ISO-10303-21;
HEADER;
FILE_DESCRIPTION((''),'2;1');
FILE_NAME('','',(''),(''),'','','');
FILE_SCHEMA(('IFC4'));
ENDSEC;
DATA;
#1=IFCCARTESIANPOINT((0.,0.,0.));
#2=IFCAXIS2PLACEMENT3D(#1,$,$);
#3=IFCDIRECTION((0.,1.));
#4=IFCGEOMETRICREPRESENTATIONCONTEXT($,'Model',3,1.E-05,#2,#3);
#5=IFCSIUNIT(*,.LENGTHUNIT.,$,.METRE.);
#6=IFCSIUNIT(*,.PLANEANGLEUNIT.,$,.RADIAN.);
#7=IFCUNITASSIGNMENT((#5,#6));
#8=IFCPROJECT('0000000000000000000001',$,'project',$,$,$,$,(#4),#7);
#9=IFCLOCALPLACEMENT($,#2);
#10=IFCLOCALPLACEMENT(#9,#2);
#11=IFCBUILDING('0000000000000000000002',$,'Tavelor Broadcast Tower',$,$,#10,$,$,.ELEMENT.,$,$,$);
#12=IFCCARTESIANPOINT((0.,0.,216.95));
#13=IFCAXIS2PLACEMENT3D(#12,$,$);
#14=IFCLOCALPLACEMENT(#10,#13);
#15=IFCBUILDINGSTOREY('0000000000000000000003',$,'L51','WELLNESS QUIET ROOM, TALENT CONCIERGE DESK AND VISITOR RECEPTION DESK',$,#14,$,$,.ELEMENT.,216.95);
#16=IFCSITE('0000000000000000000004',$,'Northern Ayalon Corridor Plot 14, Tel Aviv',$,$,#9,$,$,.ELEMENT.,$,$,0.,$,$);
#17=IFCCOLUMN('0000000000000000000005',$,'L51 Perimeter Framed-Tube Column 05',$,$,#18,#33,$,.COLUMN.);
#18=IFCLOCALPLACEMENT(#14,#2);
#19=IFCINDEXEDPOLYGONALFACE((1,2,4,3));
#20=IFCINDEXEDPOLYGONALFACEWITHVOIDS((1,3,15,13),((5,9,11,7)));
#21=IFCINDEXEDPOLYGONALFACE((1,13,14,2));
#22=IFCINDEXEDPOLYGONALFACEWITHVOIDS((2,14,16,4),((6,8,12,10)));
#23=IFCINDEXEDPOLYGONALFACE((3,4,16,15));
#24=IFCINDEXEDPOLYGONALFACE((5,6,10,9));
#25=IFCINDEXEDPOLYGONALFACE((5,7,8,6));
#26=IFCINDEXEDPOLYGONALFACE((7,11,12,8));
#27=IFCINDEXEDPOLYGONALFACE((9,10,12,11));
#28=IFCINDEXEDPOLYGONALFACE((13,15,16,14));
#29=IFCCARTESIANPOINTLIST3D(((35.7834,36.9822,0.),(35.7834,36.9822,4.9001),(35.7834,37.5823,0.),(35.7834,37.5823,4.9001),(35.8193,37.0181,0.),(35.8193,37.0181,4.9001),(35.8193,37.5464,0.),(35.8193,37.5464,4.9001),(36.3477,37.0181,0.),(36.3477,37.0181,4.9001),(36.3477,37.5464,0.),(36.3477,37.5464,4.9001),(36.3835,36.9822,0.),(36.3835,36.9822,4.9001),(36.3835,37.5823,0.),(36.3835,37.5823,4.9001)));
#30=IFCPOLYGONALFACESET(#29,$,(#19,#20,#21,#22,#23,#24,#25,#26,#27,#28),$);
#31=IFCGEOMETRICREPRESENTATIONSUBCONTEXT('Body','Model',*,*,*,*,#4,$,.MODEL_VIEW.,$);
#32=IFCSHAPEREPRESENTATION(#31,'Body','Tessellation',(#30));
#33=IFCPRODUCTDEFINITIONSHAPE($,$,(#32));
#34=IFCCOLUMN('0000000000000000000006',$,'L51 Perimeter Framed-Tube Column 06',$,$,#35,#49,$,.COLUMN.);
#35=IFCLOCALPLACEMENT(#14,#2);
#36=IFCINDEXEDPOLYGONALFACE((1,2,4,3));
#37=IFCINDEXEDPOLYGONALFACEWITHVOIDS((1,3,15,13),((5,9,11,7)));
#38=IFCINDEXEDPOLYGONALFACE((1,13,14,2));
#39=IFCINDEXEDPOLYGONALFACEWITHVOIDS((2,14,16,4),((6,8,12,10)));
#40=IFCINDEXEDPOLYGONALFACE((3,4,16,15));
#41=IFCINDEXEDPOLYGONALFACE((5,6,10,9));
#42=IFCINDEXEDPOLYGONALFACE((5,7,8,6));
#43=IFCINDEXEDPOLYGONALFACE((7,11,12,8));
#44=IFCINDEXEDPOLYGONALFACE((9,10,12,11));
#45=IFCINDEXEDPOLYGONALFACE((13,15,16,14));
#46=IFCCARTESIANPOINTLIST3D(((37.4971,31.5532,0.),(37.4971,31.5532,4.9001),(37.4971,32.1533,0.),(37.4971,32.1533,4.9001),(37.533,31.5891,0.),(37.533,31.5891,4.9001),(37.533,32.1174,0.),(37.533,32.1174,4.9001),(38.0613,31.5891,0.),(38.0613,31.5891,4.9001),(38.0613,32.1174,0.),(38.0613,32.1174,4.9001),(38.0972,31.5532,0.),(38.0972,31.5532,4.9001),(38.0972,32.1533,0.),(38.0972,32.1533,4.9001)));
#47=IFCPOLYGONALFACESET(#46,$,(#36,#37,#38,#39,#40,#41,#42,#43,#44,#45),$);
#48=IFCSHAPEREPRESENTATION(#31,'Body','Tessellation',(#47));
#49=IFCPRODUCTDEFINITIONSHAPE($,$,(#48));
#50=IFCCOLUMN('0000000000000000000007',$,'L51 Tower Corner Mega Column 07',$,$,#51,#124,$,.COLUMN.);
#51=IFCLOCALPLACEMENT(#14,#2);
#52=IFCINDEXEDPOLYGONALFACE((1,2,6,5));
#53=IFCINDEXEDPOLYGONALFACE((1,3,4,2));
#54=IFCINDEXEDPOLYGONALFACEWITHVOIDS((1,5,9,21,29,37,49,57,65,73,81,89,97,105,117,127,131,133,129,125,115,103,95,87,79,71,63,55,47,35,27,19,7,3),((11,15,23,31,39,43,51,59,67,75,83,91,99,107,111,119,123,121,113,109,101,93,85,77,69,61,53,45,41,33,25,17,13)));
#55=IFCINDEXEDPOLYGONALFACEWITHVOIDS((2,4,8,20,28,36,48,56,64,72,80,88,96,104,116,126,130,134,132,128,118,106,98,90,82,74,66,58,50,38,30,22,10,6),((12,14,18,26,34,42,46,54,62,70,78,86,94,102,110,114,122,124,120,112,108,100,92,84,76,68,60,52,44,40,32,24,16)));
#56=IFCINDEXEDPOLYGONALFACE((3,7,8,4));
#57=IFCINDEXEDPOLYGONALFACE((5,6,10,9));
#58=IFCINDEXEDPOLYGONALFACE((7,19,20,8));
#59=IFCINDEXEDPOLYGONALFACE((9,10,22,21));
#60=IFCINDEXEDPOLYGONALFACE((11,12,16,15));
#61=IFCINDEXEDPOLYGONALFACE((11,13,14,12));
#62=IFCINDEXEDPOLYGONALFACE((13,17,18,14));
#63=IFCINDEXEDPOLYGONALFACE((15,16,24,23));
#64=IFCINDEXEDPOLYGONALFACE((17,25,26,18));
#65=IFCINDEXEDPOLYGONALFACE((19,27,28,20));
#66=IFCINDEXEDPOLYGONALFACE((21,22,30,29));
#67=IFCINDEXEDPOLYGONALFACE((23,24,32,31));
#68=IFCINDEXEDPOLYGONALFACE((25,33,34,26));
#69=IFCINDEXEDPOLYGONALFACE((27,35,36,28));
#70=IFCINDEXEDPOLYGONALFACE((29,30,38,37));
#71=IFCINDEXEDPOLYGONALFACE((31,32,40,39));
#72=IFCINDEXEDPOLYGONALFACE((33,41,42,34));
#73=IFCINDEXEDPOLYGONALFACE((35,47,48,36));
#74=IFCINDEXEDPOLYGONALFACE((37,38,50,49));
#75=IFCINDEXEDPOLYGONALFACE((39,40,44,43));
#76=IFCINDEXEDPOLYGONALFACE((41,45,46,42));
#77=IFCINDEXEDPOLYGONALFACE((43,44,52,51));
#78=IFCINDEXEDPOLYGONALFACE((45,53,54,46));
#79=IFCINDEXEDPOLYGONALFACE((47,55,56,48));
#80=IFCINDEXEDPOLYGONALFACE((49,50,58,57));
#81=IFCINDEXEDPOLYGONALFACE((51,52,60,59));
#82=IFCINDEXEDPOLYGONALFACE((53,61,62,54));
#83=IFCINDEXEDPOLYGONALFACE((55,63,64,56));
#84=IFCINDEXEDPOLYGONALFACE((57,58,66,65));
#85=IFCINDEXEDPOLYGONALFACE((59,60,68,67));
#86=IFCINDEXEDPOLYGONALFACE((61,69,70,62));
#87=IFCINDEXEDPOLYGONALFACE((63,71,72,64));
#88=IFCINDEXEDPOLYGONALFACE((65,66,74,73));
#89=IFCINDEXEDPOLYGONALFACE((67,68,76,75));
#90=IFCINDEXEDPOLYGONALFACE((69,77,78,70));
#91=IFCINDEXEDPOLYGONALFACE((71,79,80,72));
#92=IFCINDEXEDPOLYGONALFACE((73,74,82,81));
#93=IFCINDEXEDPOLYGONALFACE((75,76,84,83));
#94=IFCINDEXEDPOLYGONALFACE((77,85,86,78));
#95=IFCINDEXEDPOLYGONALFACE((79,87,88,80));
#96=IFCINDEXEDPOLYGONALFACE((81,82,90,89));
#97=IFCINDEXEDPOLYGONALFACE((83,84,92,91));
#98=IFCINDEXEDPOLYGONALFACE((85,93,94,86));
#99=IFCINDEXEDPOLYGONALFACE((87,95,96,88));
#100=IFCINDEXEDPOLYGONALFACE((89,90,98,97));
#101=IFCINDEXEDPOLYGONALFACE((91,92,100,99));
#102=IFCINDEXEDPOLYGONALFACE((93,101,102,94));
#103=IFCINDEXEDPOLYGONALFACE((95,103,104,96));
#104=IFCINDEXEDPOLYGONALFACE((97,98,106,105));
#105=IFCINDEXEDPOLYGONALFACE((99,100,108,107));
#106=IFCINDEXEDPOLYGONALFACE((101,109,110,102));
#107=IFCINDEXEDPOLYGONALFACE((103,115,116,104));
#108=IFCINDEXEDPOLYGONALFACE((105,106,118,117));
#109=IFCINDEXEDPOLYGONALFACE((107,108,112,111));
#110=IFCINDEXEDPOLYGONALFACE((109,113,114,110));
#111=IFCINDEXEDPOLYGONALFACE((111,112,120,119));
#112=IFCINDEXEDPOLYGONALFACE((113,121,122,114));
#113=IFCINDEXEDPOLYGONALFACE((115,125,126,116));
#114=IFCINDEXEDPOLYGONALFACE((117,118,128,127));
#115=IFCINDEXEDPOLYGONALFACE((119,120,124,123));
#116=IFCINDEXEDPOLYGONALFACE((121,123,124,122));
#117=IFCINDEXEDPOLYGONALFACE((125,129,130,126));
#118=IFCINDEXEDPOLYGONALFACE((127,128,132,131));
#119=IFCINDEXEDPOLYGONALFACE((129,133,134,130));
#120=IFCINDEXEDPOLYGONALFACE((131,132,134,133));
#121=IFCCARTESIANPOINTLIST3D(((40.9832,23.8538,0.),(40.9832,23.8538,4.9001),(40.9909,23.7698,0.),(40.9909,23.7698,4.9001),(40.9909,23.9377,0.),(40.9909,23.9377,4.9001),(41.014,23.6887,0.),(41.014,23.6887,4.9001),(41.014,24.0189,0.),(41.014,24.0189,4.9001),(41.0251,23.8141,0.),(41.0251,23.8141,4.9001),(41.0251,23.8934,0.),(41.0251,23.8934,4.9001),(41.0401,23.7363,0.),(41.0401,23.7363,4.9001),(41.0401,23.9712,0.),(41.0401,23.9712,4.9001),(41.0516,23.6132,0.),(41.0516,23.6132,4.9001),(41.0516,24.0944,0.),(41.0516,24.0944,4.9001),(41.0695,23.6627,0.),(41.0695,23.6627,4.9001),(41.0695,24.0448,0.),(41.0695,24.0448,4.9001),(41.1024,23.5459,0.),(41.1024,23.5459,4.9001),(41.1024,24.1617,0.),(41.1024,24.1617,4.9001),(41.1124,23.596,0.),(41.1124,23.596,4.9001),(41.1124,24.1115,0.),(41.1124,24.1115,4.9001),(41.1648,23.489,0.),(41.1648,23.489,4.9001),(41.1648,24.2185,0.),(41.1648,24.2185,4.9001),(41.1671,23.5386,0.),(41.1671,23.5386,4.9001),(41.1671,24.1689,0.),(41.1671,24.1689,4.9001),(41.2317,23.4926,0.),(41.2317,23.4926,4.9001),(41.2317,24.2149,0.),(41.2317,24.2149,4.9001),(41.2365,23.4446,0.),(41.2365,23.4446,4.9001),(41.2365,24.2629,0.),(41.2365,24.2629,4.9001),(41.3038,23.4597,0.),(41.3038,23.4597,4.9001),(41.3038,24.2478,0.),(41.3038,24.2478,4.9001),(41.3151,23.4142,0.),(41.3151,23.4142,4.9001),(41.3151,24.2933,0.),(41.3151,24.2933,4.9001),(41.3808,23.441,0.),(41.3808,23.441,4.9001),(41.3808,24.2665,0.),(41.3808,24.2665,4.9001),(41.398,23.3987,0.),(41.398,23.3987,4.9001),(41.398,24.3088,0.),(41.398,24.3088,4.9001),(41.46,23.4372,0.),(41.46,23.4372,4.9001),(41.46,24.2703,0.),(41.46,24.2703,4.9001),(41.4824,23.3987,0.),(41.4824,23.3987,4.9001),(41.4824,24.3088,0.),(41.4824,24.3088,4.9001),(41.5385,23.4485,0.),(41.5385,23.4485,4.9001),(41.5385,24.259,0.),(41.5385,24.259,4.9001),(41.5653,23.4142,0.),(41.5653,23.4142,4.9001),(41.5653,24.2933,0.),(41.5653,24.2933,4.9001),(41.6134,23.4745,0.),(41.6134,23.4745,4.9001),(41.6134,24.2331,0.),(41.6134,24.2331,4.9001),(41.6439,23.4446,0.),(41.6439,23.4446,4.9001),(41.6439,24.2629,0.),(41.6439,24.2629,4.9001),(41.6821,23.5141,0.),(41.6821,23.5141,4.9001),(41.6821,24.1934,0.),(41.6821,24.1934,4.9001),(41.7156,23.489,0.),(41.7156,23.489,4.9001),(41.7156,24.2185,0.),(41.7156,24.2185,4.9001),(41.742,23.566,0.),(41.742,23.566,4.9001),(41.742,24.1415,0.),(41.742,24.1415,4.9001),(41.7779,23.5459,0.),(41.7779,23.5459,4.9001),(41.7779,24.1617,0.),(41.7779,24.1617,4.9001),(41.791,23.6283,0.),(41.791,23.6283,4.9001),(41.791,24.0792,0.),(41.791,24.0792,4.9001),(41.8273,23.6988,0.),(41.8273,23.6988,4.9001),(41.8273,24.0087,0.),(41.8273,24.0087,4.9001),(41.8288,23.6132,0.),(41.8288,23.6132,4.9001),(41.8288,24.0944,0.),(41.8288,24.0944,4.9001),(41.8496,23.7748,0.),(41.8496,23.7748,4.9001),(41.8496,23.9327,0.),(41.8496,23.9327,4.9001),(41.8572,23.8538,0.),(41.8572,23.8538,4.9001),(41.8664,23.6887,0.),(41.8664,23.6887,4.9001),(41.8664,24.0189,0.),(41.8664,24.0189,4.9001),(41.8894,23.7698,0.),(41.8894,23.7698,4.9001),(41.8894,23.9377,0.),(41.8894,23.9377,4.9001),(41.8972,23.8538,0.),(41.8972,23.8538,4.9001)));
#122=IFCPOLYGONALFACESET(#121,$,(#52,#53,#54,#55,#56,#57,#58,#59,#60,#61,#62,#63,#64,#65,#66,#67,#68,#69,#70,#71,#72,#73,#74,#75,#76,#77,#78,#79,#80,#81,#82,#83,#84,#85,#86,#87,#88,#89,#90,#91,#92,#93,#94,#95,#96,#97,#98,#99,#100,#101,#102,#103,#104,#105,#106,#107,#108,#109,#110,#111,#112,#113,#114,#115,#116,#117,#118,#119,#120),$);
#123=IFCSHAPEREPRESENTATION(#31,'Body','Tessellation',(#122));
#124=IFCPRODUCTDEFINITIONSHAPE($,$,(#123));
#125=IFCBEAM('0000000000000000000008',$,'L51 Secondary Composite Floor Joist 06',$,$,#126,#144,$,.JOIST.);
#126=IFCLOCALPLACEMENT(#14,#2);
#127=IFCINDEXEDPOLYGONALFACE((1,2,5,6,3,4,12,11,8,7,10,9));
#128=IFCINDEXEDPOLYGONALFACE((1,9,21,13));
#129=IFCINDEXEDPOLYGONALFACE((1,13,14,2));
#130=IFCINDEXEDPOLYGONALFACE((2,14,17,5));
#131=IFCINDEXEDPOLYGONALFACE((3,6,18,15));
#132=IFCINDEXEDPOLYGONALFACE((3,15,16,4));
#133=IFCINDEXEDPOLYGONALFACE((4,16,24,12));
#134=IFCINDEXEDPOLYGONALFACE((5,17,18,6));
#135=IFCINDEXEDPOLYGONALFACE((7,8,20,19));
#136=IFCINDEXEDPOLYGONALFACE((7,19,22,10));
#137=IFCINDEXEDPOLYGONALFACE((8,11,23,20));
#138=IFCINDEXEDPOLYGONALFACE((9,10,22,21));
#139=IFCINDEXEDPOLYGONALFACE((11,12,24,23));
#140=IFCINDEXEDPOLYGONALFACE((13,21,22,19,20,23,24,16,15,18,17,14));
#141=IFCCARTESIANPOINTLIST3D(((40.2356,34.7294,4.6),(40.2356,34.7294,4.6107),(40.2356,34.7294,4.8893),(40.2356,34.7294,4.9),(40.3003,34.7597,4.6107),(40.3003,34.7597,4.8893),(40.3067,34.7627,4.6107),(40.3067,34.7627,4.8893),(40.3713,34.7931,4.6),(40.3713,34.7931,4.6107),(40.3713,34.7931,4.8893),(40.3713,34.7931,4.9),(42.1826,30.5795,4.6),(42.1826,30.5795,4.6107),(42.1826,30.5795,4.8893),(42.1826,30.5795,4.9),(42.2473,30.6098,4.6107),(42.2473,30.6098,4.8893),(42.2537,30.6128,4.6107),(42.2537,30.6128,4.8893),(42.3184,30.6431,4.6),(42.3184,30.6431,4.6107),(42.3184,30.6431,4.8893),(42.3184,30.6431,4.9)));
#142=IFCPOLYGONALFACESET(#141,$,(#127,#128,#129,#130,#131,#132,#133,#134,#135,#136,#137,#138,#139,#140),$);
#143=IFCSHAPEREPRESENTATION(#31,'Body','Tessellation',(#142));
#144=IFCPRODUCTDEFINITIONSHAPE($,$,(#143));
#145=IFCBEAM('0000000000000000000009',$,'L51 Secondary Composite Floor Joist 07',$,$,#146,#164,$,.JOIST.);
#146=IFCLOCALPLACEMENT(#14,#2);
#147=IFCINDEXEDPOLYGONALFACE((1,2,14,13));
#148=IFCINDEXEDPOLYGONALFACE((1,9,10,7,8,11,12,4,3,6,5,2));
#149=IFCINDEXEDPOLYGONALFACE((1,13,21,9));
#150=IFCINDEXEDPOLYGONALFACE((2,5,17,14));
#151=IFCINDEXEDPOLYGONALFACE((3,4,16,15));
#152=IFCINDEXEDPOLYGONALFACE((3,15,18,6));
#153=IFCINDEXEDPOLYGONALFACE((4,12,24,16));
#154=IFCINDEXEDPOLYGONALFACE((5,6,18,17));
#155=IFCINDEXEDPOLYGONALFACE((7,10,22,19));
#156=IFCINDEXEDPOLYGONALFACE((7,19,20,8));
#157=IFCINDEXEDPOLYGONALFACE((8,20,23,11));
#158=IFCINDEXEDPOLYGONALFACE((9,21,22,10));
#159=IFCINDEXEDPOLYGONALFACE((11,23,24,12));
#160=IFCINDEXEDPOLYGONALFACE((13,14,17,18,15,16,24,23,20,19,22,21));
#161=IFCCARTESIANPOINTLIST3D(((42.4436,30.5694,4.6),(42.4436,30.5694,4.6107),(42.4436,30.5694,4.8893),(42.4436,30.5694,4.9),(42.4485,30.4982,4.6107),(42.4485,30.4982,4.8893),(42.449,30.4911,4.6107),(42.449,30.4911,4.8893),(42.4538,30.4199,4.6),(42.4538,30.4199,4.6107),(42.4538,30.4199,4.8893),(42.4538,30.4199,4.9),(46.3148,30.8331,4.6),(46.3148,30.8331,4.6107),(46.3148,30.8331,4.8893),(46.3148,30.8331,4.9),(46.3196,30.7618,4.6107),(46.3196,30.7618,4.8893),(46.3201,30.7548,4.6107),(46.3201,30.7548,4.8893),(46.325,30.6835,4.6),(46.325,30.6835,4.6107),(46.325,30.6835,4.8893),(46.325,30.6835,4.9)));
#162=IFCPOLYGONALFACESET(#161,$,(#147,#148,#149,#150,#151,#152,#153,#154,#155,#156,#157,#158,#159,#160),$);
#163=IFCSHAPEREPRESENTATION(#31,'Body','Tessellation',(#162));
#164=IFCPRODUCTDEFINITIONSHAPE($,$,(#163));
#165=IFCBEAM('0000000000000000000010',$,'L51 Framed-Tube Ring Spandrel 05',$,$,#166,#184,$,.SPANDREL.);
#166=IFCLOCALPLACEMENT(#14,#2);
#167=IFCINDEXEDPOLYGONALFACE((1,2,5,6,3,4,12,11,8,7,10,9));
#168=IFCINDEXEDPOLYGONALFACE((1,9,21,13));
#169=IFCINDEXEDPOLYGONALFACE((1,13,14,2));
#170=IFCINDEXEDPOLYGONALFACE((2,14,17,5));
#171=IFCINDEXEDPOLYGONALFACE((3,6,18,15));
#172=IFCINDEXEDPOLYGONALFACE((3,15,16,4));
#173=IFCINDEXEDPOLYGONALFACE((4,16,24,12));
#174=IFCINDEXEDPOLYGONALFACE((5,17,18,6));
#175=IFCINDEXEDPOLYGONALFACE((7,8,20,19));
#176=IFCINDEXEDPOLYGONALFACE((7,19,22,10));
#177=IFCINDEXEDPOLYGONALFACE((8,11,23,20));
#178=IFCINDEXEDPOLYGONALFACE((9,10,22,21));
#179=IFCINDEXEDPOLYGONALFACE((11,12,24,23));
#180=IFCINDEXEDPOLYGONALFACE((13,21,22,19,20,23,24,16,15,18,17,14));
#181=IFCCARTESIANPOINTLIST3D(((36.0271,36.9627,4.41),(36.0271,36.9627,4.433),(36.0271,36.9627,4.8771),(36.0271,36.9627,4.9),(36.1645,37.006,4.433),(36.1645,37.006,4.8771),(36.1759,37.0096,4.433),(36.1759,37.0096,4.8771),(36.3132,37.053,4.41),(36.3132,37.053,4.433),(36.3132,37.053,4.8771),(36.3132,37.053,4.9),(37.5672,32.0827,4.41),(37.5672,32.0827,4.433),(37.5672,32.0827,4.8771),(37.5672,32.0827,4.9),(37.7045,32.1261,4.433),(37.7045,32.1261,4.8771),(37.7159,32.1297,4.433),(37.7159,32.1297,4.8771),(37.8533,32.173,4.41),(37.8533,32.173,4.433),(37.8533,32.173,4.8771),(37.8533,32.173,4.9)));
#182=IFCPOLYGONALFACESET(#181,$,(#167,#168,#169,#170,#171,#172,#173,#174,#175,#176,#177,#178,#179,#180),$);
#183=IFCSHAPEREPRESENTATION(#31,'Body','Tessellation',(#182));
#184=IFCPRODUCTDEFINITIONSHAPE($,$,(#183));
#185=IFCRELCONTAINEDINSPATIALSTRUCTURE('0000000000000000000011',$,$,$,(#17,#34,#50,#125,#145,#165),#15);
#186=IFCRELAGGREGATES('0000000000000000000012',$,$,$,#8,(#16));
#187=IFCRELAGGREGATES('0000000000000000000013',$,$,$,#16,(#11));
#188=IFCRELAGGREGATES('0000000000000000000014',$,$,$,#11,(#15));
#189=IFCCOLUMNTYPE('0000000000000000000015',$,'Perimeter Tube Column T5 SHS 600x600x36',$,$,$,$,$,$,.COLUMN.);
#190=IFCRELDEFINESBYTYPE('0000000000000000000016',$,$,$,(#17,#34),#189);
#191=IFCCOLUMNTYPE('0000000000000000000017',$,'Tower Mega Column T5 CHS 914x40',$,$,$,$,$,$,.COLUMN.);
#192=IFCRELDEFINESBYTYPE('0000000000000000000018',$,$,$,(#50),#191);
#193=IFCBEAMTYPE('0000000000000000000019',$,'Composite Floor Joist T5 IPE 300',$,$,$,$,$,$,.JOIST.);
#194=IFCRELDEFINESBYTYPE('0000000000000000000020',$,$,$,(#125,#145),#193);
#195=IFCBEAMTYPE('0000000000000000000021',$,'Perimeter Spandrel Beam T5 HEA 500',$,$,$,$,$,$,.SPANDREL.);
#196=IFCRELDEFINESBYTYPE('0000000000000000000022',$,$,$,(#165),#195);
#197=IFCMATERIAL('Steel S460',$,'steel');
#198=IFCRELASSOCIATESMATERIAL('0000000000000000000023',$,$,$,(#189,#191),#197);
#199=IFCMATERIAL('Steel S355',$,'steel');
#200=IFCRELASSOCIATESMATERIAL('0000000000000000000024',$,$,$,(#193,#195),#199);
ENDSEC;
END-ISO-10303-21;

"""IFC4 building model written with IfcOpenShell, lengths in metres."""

from ifc_helpers import new_model, si_unit, direction, frame, origin, origin_2d, place, context, subcontext, project, spatial, hollow_rectangle, hollow_circle, i_section, extrude, material, material_profile, profile_set, type_object, element, save


model = new_model("IFC4")

# Units and contexts
model_context = context("Model", 3, precision=1e-05, world=origin(), true_north=direction((0.0, 1.0)))
body_context = subcontext(model_context, "Body", "Model", "MODEL_VIEW")
ifc_project = project(units=[si_unit("LENGTHUNIT", "METRE"), si_unit("PLANEANGLEUNIT", "RADIAN")], contexts=[model_context])

# Site, building, storey
site_placement = place(None, origin())
site = spatial("IfcSite", under=ifc_project, at=site_placement, Name="Northern Ayalon Corridor Plot 14, Tel Aviv", CompositionType="ELEMENT", RefElevation=0.0)
building_placement = place(site_placement, origin())
building = spatial("IfcBuilding", under=site, at=building_placement, Name="Tavelor Broadcast Tower", CompositionType="ELEMENT")
storey_placement = place(building_placement, frame((0.0, 0.0, 216.95)))
storey = spatial("IfcBuildingStorey", under=building, at=storey_placement, Name="L51", Description="WELLNESS QUIET ROOM, TALENT CONCIERGE DESK AND VISITOR RECEPTION DESK", CompositionType="ELEMENT", Elevation=216.95)

# Columns
ifc_material_1 = material(Name="Steel S460", Category="steel")
ifc_material_profile_1 = material_profile(ifc_material_1, hollow_rectangle(XDim=0.6001, YDim=0.6001, WallThickness=0.0359, at=origin_2d()), Name="SHS 600x600x36")
ifc_profile_set_1 = profile_set([ifc_material_profile_1], Name="Steel S460")
column_type_1 = type_object("IfcColumnType", Name="Perimeter Tube Column T5 SHS 600x600x36", PredefinedType="COLUMN", material=ifc_profile_set_1)
for number, where, z_axis, x_axis, name in (
    (1, (36.0835, 37.2822, 0.0), (0.0, 0.0, 1.0), (1.0, 0.0, 0.0), "L51 Perimeter Framed-Tube Column 05"),
    (2, (37.7971, 31.8533, 0.0), (0.0, 0.0, 1.0), (1.0, 0.0, 0.0), "L51 Perimeter Framed-Tube Column 06"),
):
    element("IfcColumn", number, at=place(storey_placement, frame(where, z_axis=z_axis, x_axis=x_axis)), inside=storey, type_object=column_type_1, Name=name, PredefinedType="COLUMN", context=body_context, shape_type="SweptSolid", body=[
        extrude(hollow_rectangle(XDim=0.6001, YDim=0.6001, WallThickness=0.0359, at=origin_2d()), origin(), (0.0, 0.0, 1.0), 4.9001),
    ])
ifc_material_profile_2 = material_profile(ifc_material_1, hollow_circle(Radius=0.457, WallThickness=0.04, at=origin_2d()), Name="CHS 914x40")
ifc_profile_set_2 = profile_set([ifc_material_profile_2], Name="Steel S460")
column_type_2 = type_object("IfcColumnType", Name="Tower Mega Column T5 CHS 914x40", PredefinedType="COLUMN", material=ifc_profile_set_2)
column_placement = place(storey_placement, frame((41.4402, 23.8538, 0.0), z_axis=(0.0, 0.0, 1.0), x_axis=(1.0, 0.0, 0.0)))
element("IfcColumn", 3, at=column_placement, inside=storey, type_object=column_type_2, Name="L51 Tower Corner Mega Column 07", PredefinedType="COLUMN", context=body_context, shape_type="SweptSolid", body=[
    extrude(hollow_circle(Radius=0.457, WallThickness=0.04, at=origin_2d()), origin(), (0.0, 0.0, 1.0), 4.9001),
])

# Beams
ifc_material_2 = material(Name="Steel S355", Category="steel")
ifc_material_profile_3 = material_profile(ifc_material_2, i_section(OverallWidth=0.1499, OverallDepth=0.3, WebThickness=0.0071, FlangeThickness=0.0107, at=origin_2d()), Name="IPE 300")
ifc_profile_set_3 = profile_set([ifc_material_profile_3], Name="Steel S355")
beam_type_1 = type_object("IfcBeamType", Name="Composite Floor Joist T5 IPE 300", PredefinedType="JOIST", material=ifc_profile_set_3)
beam_1_placement = place(storey_placement, frame((40.3035, 34.7612, 4.75), z_axis=(0.424748, -0.905312, 0.0), x_axis=(0.905312, 0.424748, 0.0)))
element("IfcBeam", 4, at=beam_1_placement, inside=storey, type_object=beam_type_1, Name="L51 Secondary Composite Floor Joist 06", PredefinedType="JOIST", context=body_context, shape_type="SweptSolid", body=[
    extrude(i_section(OverallWidth=0.1499, OverallDepth=0.3, WebThickness=0.0071, FlangeThickness=0.0107, at=origin_2d()), origin(), (0.0, 0.0, 1.0), 4.584),
])
beam_2_placement = place(storey_placement, frame((42.4487, 30.4946, 4.75), z_axis=(0.997688, 0.067956, 0.0), x_axis=(-0.067956, 0.997688, 0.0)))
element("IfcBeam", 5, at=beam_2_placement, inside=storey, type_object=beam_type_1, Name="L51 Secondary Composite Floor Joist 07", PredefinedType="JOIST", context=body_context, shape_type="SweptSolid", body=[
    extrude(i_section(OverallWidth=0.1499, OverallDepth=0.3, WebThickness=0.0071, FlangeThickness=0.0107, at=origin_2d()), origin(), (0.0, 0.0, 1.0), 3.8801),
])
ifc_material_profile_4 = material_profile(ifc_material_2, i_section(OverallWidth=0.3, OverallDepth=0.49, WebThickness=0.012, FlangeThickness=0.0229, at=origin_2d()), Name="HEA 500")
ifc_profile_set_4 = profile_set([ifc_material_profile_4], Name="Steel S355")
beam_type_2 = type_object("IfcBeamType", Name="Perimeter Spandrel Beam T5 HEA 500", PredefinedType="SPANDREL", material=ifc_profile_set_4)
beam_3_placement = place(storey_placement, frame((36.1702, 37.0078, 4.655), z_axis=(0.300958, -0.953637, 0.0), x_axis=(0.953637, 0.300958, 0.0)))
element("IfcBeam", 6, at=beam_3_placement, inside=storey, type_object=beam_type_2, Name="L51 Framed-Tube Ring Spandrel 05", PredefinedType="SPANDREL", context=body_context, shape_type="SweptSolid", body=[
    extrude(i_section(OverallWidth=0.3, OverallDepth=0.49, WebThickness=0.012, FlangeThickness=0.0229, at=origin_2d()), origin(), (0.0, 0.0, 1.0), 5.1172),
])

save(model, "model.ifc")
